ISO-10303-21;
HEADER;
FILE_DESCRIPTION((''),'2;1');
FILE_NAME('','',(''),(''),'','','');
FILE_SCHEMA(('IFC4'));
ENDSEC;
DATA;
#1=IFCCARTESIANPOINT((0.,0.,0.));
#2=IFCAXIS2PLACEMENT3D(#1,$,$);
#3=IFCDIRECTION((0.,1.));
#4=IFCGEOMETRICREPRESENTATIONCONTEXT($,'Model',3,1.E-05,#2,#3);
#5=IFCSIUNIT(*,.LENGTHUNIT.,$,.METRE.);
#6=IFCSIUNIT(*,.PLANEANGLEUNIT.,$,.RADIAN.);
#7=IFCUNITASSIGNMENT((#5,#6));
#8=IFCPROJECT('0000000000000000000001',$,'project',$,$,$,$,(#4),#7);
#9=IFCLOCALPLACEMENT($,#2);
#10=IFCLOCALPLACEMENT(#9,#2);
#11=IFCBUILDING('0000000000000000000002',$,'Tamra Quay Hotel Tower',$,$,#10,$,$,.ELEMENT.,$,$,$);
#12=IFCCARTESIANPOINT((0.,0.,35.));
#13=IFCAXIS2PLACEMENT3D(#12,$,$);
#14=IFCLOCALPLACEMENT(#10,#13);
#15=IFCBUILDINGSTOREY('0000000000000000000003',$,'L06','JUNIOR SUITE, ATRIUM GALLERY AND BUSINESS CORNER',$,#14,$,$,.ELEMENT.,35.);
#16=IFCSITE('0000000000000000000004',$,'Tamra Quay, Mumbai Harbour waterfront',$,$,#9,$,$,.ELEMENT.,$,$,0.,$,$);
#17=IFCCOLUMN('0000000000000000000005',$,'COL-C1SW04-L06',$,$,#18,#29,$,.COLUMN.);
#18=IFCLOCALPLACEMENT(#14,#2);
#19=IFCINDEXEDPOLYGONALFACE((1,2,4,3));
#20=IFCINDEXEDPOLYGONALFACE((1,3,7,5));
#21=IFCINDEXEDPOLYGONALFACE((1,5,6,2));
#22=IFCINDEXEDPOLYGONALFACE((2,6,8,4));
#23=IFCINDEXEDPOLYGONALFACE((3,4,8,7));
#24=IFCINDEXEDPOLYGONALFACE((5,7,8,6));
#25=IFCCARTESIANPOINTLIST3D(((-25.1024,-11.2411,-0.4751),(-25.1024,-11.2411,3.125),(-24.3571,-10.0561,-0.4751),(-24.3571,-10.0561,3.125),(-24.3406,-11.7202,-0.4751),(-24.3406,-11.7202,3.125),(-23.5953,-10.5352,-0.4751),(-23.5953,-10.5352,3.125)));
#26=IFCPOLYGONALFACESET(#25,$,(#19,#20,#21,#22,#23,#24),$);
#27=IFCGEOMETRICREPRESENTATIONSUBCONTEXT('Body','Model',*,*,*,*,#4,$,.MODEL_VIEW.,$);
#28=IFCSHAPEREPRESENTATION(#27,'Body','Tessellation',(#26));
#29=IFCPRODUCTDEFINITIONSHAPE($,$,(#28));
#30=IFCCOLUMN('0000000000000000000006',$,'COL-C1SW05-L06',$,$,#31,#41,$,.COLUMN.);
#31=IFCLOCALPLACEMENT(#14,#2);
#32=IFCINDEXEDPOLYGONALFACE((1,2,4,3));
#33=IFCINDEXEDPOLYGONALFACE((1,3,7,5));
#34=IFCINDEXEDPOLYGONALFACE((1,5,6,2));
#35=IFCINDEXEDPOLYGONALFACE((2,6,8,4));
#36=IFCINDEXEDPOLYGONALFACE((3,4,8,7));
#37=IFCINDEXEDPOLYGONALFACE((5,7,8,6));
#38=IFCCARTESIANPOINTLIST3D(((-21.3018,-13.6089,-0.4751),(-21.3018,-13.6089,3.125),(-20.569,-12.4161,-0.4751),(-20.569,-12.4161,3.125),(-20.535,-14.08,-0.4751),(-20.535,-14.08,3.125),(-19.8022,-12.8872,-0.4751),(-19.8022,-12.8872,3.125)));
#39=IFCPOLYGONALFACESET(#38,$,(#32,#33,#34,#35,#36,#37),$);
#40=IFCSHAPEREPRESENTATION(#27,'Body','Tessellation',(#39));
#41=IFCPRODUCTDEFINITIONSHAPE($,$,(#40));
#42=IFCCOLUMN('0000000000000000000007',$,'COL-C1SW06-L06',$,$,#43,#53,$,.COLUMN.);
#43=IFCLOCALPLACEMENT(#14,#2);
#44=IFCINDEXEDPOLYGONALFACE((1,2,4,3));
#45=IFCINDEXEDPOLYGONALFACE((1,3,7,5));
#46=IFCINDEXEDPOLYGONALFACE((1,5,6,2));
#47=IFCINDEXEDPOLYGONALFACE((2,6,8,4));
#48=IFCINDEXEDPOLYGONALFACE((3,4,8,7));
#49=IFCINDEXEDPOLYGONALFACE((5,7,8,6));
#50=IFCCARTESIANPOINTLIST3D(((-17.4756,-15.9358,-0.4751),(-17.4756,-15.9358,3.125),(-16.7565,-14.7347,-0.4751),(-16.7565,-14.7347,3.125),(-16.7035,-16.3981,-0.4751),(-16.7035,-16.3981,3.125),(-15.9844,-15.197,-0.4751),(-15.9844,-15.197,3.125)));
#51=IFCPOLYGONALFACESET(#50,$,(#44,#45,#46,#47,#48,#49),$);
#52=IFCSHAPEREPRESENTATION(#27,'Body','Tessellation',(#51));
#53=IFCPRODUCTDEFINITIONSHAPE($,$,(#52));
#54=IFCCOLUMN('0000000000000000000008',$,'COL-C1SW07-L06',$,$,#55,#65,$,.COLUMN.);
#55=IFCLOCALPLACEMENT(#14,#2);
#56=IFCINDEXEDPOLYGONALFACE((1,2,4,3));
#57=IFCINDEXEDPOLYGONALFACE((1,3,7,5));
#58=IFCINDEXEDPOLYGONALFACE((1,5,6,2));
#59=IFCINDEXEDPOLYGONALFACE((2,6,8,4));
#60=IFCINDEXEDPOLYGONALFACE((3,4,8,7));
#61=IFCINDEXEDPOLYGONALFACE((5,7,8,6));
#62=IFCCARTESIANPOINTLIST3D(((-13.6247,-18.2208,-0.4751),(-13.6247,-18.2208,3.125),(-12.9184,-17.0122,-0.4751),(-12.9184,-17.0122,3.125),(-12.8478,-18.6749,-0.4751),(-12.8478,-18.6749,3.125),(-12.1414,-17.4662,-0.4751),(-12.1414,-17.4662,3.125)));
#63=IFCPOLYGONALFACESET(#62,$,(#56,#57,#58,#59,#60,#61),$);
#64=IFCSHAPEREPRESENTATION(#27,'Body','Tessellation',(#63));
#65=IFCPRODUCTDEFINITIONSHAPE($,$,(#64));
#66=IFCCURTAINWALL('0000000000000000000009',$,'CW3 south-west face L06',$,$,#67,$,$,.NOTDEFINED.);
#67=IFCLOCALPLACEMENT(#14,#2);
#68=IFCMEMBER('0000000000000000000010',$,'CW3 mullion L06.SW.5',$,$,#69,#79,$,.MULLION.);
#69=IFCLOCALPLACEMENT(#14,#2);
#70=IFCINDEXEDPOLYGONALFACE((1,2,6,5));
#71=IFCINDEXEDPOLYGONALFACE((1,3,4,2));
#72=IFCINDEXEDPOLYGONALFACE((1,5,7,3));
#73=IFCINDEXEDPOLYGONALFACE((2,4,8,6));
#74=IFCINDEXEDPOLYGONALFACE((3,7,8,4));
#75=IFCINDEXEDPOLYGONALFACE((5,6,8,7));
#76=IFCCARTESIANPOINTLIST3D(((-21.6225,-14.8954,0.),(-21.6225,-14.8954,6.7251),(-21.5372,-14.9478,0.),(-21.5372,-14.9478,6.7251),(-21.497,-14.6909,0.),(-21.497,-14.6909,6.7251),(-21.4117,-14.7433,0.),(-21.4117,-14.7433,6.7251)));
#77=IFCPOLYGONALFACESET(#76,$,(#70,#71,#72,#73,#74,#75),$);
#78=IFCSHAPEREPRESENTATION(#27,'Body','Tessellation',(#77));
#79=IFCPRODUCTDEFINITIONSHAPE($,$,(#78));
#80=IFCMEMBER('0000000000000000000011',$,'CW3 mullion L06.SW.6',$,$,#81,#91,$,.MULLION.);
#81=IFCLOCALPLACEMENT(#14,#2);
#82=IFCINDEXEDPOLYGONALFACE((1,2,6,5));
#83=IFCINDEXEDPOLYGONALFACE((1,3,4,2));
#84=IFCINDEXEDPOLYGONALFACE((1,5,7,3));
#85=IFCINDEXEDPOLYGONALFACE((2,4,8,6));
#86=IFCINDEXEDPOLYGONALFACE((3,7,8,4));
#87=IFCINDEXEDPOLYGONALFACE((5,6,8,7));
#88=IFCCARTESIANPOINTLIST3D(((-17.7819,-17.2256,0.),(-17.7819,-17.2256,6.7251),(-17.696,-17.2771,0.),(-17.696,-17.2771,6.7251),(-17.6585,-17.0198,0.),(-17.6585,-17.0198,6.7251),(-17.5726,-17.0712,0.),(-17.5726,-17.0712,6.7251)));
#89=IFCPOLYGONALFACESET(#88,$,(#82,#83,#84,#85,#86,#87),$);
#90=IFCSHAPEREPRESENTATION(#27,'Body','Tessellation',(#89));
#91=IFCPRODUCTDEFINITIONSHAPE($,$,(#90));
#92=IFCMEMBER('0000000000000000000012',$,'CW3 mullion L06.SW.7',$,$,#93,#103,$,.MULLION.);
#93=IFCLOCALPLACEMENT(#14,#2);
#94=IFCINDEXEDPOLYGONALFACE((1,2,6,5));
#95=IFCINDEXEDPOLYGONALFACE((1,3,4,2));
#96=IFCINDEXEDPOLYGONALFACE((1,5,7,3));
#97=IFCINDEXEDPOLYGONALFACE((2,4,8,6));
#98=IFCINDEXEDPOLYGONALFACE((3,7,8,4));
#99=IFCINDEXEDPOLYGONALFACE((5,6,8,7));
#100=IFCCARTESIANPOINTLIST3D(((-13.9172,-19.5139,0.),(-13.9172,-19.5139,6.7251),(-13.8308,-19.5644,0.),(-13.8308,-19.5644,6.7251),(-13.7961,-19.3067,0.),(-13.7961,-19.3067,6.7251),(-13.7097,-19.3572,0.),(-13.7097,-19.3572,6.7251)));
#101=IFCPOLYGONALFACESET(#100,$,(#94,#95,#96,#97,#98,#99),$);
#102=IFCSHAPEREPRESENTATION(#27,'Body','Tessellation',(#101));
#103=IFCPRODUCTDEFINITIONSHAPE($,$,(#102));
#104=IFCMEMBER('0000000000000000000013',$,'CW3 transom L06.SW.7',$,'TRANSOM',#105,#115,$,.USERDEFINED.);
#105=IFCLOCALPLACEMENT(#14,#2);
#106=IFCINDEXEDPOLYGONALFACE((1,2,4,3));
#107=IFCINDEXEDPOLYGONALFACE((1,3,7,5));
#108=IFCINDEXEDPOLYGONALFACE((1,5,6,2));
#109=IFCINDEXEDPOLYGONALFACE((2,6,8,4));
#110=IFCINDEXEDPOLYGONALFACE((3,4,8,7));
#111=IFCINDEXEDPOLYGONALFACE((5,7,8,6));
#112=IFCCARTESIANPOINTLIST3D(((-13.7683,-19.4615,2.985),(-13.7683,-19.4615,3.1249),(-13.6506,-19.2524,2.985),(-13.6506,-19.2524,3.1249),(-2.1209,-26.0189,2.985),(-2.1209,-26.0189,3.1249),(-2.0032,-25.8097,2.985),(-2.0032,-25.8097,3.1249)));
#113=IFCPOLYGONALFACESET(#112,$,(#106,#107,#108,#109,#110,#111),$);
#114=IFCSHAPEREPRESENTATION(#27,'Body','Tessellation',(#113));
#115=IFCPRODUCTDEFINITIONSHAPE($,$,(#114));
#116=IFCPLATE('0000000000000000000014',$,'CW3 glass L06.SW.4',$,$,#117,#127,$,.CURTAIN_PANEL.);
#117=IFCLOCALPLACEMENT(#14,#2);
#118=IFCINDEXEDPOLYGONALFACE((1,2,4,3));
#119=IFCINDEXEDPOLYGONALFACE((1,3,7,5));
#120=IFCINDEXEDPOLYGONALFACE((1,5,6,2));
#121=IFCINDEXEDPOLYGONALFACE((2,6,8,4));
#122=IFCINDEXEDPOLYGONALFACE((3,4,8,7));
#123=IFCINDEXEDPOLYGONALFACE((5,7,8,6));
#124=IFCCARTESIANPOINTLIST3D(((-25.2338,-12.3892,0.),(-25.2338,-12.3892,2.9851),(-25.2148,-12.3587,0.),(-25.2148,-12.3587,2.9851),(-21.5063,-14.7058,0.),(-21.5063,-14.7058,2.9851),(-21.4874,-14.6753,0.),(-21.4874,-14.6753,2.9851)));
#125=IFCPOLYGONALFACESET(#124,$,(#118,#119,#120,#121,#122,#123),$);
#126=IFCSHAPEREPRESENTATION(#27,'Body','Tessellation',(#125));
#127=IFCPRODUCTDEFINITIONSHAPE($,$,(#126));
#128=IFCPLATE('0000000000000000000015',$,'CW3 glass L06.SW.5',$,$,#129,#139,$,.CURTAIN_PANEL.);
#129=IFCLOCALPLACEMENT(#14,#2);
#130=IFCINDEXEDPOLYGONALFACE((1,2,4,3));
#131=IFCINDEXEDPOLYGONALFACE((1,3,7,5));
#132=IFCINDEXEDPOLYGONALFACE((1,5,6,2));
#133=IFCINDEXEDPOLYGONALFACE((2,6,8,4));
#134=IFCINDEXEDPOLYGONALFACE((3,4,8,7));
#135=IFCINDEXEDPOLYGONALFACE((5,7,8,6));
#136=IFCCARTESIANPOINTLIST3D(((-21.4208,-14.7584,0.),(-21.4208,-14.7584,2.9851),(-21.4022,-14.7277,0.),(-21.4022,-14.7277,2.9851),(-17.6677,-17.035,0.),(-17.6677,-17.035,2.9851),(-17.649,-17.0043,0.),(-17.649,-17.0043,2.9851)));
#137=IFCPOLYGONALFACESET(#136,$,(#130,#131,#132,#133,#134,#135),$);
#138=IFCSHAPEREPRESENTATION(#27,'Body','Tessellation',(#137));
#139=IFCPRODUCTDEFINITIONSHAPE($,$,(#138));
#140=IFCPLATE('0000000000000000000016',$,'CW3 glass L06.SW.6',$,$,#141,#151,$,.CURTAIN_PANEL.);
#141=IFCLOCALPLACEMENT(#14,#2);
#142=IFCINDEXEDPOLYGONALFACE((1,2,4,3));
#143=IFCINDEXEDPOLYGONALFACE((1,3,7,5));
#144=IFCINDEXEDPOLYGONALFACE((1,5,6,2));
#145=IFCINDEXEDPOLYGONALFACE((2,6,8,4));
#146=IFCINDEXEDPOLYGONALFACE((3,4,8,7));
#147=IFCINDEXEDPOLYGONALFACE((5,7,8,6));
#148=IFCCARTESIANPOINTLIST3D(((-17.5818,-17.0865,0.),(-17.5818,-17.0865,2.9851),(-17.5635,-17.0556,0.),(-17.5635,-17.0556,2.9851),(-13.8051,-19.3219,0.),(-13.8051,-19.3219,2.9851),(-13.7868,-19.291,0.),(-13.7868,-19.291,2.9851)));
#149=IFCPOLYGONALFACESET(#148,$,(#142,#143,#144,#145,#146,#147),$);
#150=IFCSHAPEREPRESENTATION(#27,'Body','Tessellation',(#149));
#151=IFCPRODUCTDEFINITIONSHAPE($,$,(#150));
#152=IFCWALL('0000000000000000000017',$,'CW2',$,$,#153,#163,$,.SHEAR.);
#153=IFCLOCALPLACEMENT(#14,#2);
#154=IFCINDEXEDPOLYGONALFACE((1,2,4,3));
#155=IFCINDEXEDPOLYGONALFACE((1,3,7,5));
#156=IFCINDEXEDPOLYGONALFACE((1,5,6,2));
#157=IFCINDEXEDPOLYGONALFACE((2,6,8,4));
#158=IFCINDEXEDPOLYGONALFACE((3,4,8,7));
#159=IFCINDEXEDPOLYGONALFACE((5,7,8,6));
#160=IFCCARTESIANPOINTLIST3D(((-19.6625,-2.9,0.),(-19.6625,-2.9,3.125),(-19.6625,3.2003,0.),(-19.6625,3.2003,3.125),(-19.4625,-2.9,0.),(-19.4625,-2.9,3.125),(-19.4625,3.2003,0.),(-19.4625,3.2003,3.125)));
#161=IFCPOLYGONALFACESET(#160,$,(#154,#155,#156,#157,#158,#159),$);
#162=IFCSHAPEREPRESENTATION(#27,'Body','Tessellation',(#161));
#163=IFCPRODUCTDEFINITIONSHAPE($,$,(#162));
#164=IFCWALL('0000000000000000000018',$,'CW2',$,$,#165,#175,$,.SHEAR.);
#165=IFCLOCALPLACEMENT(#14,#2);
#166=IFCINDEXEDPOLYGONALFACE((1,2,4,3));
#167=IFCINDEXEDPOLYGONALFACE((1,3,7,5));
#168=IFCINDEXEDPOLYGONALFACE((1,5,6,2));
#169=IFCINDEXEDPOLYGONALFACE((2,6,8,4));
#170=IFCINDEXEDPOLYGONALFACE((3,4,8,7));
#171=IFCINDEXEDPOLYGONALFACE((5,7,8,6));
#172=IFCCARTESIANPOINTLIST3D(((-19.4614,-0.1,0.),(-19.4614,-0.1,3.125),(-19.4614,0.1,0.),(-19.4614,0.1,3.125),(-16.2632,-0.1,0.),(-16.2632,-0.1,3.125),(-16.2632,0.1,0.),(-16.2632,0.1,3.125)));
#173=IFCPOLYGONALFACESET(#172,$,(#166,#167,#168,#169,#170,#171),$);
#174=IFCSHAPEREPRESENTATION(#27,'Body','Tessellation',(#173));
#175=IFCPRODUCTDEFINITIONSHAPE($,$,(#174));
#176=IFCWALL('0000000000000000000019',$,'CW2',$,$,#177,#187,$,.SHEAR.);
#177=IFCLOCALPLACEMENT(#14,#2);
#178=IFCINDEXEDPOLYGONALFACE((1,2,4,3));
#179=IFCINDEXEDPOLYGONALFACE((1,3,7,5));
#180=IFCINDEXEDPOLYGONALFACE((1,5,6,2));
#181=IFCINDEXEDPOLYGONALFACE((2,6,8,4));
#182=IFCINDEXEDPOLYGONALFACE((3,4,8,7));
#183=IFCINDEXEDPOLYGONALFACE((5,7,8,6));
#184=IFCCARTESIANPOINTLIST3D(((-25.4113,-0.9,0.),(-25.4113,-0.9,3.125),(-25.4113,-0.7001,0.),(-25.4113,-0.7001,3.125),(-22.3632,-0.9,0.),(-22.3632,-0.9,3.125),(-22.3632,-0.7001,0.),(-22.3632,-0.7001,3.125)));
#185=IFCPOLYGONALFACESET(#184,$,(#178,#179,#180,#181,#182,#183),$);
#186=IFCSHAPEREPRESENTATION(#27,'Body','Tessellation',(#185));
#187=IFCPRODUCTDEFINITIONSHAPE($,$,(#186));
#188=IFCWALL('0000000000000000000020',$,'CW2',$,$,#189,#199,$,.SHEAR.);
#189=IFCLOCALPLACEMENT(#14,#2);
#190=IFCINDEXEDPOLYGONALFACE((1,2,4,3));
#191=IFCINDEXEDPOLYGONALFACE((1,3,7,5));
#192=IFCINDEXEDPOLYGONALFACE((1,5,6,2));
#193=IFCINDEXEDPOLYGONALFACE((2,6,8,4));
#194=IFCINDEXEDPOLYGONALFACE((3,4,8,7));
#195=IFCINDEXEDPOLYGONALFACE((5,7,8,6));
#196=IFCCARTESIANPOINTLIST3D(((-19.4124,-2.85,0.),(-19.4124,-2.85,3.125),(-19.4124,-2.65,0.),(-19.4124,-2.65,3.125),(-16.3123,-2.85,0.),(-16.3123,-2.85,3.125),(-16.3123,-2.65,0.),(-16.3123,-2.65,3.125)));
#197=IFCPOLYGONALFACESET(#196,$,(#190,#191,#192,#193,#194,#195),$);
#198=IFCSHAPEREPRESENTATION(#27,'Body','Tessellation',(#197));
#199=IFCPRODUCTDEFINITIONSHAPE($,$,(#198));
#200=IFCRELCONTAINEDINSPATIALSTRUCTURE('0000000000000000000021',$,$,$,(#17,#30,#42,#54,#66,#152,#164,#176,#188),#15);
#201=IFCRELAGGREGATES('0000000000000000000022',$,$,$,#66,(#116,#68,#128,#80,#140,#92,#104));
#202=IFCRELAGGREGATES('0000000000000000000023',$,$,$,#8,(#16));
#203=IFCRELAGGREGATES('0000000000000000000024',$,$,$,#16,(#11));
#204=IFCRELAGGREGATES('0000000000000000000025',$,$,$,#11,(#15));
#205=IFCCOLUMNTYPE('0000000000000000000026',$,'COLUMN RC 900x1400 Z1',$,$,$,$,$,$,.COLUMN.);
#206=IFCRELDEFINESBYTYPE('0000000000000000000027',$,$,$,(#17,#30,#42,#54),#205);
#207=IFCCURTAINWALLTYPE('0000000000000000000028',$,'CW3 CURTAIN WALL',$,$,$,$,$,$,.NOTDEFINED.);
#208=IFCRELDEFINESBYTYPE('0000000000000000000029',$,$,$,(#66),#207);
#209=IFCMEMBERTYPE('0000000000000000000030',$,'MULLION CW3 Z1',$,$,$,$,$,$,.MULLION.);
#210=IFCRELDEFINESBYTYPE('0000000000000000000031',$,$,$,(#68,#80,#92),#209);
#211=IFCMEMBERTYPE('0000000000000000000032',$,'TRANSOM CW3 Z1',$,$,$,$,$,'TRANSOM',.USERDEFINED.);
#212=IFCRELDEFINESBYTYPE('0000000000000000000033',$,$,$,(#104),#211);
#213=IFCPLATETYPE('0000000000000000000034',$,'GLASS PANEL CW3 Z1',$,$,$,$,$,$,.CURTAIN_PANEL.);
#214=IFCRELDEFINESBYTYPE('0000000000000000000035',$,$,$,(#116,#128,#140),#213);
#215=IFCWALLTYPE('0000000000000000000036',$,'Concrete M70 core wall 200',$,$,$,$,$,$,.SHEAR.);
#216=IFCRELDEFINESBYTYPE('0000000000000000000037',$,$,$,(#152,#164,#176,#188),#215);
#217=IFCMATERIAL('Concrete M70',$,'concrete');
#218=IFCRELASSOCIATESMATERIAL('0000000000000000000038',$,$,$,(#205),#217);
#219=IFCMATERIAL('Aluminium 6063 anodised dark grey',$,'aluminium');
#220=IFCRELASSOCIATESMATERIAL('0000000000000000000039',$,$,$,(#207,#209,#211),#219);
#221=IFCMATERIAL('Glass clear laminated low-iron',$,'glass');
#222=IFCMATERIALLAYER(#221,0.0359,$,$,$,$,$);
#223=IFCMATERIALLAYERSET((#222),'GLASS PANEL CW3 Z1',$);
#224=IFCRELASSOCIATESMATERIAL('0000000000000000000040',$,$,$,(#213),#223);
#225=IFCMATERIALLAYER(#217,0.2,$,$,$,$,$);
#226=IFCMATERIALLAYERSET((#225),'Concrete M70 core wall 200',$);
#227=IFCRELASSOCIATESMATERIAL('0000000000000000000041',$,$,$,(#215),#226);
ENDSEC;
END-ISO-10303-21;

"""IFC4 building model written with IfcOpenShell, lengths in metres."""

from ifc_helpers import new_model, si_unit, direction, frame, frame_2d, origin, origin_2d, place, context, subcontext, project, spatial, rectangle, extrude, material, layer, layer_set, material_profile, profile_set, type_object, element, aggregate, save


model = new_model("IFC4")

# Units and contexts
model_context = context("Model", 3, precision=1e-05, world=origin(), true_north=direction((0.0, 1.0)))
body_context = subcontext(model_context, "Body", "Model", "MODEL_VIEW")
ifc_project = project(units=[si_unit("LENGTHUNIT", "METRE"), si_unit("PLANEANGLEUNIT", "RADIAN")], contexts=[model_context])

# Site, building, storey
site_placement = place(None, origin())
site = spatial("IfcSite", under=ifc_project, at=site_placement, Name="Tamra Quay, Mumbai Harbour waterfront", CompositionType="ELEMENT", RefElevation=0.0)
building_placement = place(site_placement, origin())
building = spatial("IfcBuilding", under=site, at=building_placement, Name="Tamra Quay Hotel Tower", CompositionType="ELEMENT")
storey_placement = place(building_placement, frame((0.0, 0.0, 35.0)))
storey = spatial("IfcBuildingStorey", under=building, at=storey_placement, Name="L06", Description="JUNIOR SUITE, ATRIUM GALLERY AND BUSINESS CORNER", CompositionType="ELEMENT", Elevation=35.0)

# Columns
ifc_material_1 = material(Name="Concrete M70", Category="concrete")
ifc_material_profile_1 = material_profile(ifc_material_1, rectangle(XDim=1.3999, YDim=0.8999, at=origin_2d()), Name="COLUMN RC 900x1400 Z1")
ifc_profile_set_1 = profile_set([ifc_material_profile_1], Name="Concrete M70")
column_type = type_object("IfcColumnType", Name="COLUMN RC 900x1400 Z1", PredefinedType="COLUMN", material=ifc_profile_set_1)
for number, where, z_axis, x_axis, name in (
    (1, (-24.3489, -10.8882, -0.4751), (0.0, 0.0, 1.0), (0.532389, 0.8465, 0.0), "COL-C1SW04-L06"),
    (2, (-20.552, -13.248, -0.4751), (0.0, 0.0, 1.0), (0.52343, 0.852069, 0.0), "COL-C1SW05-L06"),
    (3, (-16.73, -15.5664, -0.4751), (0.0, 0.0, 1.0), (0.513654, 0.857998, 0.0), "COL-C1SW06-L06"),
    (4, (-12.8831, -17.8435, -0.4751), (0.0, 0.0, 1.0), (0.504565, 0.863374, 0.0), "COL-C1SW07-L06"),
):
    element("IfcColumn", number, at=place(storey_placement, frame(where, z_axis=z_axis, x_axis=x_axis)), inside=storey, type_object=column_type, Name=name, PredefinedType="COLUMN", context=body_context, shape_type="SweptSolid", body=[
        extrude(rectangle(XDim=1.3999, YDim=0.8999, at=origin_2d()), origin(), (0.0, 0.0, 1.0), 3.6001),
    ])

# Curtain wall, members, plates
ifc_material_2 = material(Name="Aluminium 6063 anodised dark grey", Category="aluminium")
curtain_wall_type = type_object("IfcCurtainWallType", Name="CW3 CURTAIN WALL", PredefinedType="NOTDEFINED", material=ifc_material_2)
curtain_wall_placement = place(storey_placement, origin())
curtain_wall = element("IfcCurtainWall", 5, at=curtain_wall_placement, inside=storey, type_object=curtain_wall_type, Name="CW3 south-west face L06", PredefinedType="NOTDEFINED")
ifc_material_profile_2 = material_profile(ifc_material_2, rectangle(XDim=0.24, YDim=0.1001, at=origin_2d()), Name="MULLION 100X240")
ifc_profile_set_2 = profile_set([ifc_material_profile_2], Name="Aluminium 6063 anodised dark grey")
member_type_1 = type_object("IfcMemberType", Name="MULLION CW3 Z1", PredefinedType="MULLION", material=ifc_profile_set_2)
member_1_placement = place(storey_placement, frame((-21.5171, -14.8193, 0.0), z_axis=(0.0, 0.0, 1.0), x_axis=(-0.523257, -0.852175, 0.0)))
member_1 = element("IfcMember", 6, at=member_1_placement, type_object=member_type_1, Name="CW3 mullion L06.SW.5", PredefinedType="MULLION", context=body_context, shape_type="SweptSolid", body=[
    extrude(rectangle(XDim=0.24, YDim=0.1001, at=origin_2d()), origin(), (0.0, 0.0, 1.0), 6.7251),
])
member_2_placement = place(storey_placement, frame((-17.6772, -17.1484, 0.0), z_axis=(0.0, 0.0, 1.0), x_axis=(-0.514005, -0.857787, 0.0)))
member_2 = element("IfcMember", 7, at=member_2_placement, type_object=member_type_1, Name="CW3 mullion L06.SW.6", PredefinedType="MULLION", context=body_context, shape_type="SweptSolid", body=[
    extrude(rectangle(XDim=0.24, YDim=0.1001, at=origin_2d()), origin(), (0.0, 0.0, 1.0), 6.7251),
])
member_3_placement = place(storey_placement, frame((-13.8135, -19.4355, 0.0), z_axis=(0.0, 0.0, 1.0), x_axis=(-0.504685, -0.863304, 0.0)))
member_3 = element("IfcMember", 8, at=member_3_placement, type_object=member_type_1, Name="CW3 mullion L06.SW.7", PredefinedType="MULLION", context=body_context, shape_type="SweptSolid", body=[
    extrude(rectangle(XDim=0.24, YDim=0.1001, at=origin_2d()), origin(), (0.0, 0.0, 1.0), 6.7251),
])
ifc_material_profile_3 = material_profile(ifc_material_2, rectangle(XDim=0.24, YDim=0.1399, at=origin_2d()), Name="TRANSOM 240X140")
ifc_profile_set_3 = profile_set([ifc_material_profile_3], Name="Aluminium 6063 anodised dark grey")
member_type_2 = type_object("IfcMemberType", Name="TRANSOM CW3 Z1", ElementType="TRANSOM", PredefinedType="USERDEFINED", material=ifc_profile_set_3)
member_4_placement = place(storey_placement, frame((-13.7095, -19.3569, 3.0549), z_axis=(0.871394, -0.490584, 0.0), x_axis=(0.490584, 0.871394, 0.0)))
member_4 = element("IfcMember", 9, at=member_4_placement, type_object=member_type_2, Name="CW3 transom L06.SW.7", ObjectType="TRANSOM", PredefinedType="USERDEFINED", context=body_context, shape_type="SweptSolid", body=[
    extrude(rectangle(XDim=0.24, YDim=0.1399, at=origin_2d()), origin(), (0.0, 0.0, 1.0), 13.3665),
])
ifc_material_3 = material(Name="Glass clear laminated low-iron", Category="glass")
ifc_layer_1 = layer(ifc_material_3, 0.0359)
ifc_layer_set_1 = layer_set([ifc_layer_1], Name="GLASS PANEL CW3 Z1")
plate_type = type_object("IfcPlateType", Name="GLASS PANEL CW3 Z1", PredefinedType="CURTAIN_PANEL", material=ifc_layer_set_1)
plate_1_placement = place(storey_placement, frame((-23.3606, -13.5322, 0.0), z_axis=(0.0, 0.0, 1.0), x_axis=(0.849331, -0.52786, 0.0)))
plate_1 = element("IfcPlate", 10, at=plate_1_placement, type_object=plate_type, Name="CW3 glass L06.SW.4", PredefinedType="CURTAIN_PANEL", context=body_context, shape_type="SweptSolid", body=[
    extrude(rectangle(XDim=4.3887, YDim=0.0359, at=origin_2d()), origin(), (0.0, 0.0, 1.0), 2.9851),
])
plate_2_placement = place(storey_placement, frame((-19.5349, -15.8813, 0.0), z_axis=(0.0, 0.0, 1.0), x_axis=(0.854993, -0.518639, 0.0)))
plate_2 = element("IfcPlate", 11, at=plate_2_placement, type_object=plate_type, Name="CW3 glass L06.SW.5", PredefinedType="CURTAIN_PANEL", context=body_context, shape_type="SweptSolid", body=[
    extrude(rectangle(XDim=4.3896, YDim=0.0359, at=origin_2d()), origin(), (0.0, 0.0, 1.0), 2.9851),
])
plate_3_placement = place(storey_placement, frame((-15.6843, -18.1887, 0.0), z_axis=(0.0, 0.0, 1.0), x_axis=(0.860556, -0.509355, 0.0)))
plate_3 = element("IfcPlate", 12, at=plate_3_placement, type_object=plate_type, Name="CW3 glass L06.SW.6", PredefinedType="CURTAIN_PANEL", context=body_context, shape_type="SweptSolid", body=[
    extrude(rectangle(XDim=4.3887, YDim=0.0359, at=origin_2d()), origin(), (0.0, 0.0, 1.0), 2.9851),
])
aggregate(curtain_wall, [plate_1, member_1, plate_2, member_2, plate_3, member_3, member_4])

# Walls
ifc_layer_2 = layer(ifc_material_1, 0.2)
ifc_layer_set_2 = layer_set([ifc_layer_2], Name="Concrete M70 core wall 200")
wall_type_1 = type_object("IfcWallType", Name="Concrete M70 core wall 200", PredefinedType="SHEAR", material=ifc_layer_set_2)
wall_1_placement = place(storey_placement, frame((-19.5625, -2.9001, 0.0), z_axis=(0.0, 0.0, 1.0), x_axis=(0.0, 1.0, 0.0)))
element("IfcWall", 13, at=wall_1_placement, inside=storey, type_object=wall_type_1, Name="CW2", PredefinedType="SHEAR", context=body_context, shape_type="SweptSolid", body=[
    extrude(rectangle(XDim=6.1003, YDim=0.2, at=frame_2d((3.0503, 0.0))), origin(), (0.0, 0.0, 1.0), 3.125),
])
wall_2_placement = place(storey_placement, frame((-16.2632, 0.0, 0.0), z_axis=(0.0, 0.0, 1.0), x_axis=(-1.0, 0.0, 0.0)))
element("IfcWall", 14, at=wall_2_placement, inside=storey, type_object=wall_type_1, Name="CW2", PredefinedType="SHEAR", context=body_context, shape_type="SweptSolid", body=[
    extrude(rectangle(XDim=3.1982, YDim=0.2, at=frame_2d((1.5991, 0.0))), origin(), (0.0, 0.0, 1.0), 3.125),
])
wall_3_placement = place(storey_placement, frame((-22.3633, -0.8, 0.0), z_axis=(0.0, 0.0, 1.0), x_axis=(-1.0, 0.0, 0.0)))
element("IfcWall", 15, at=wall_3_placement, inside=storey, type_object=wall_type_1, Name="CW2", PredefinedType="SHEAR", context=body_context, shape_type="SweptSolid", body=[
    extrude(rectangle(XDim=3.0481, YDim=0.2, at=frame_2d((1.5239, 0.0))), origin(), (0.0, 0.0, 1.0), 3.125),
])
wall_4_placement = place(storey_placement, frame((-19.4124, -2.75, 0.0), z_axis=(0.0, 0.0, 1.0), x_axis=(1.0, 0.0, 0.0)))
element("IfcWall", 16, at=wall_4_placement, inside=storey, type_object=wall_type_1, Name="CW2", PredefinedType="SHEAR", context=body_context, shape_type="SweptSolid", body=[
    extrude(rectangle(XDim=3.1001, YDim=0.2, at=frame_2d((1.55, 0.0))), origin(), (0.0, 0.0, 1.0), 3.125),
])

save(model, "model.ifc")
